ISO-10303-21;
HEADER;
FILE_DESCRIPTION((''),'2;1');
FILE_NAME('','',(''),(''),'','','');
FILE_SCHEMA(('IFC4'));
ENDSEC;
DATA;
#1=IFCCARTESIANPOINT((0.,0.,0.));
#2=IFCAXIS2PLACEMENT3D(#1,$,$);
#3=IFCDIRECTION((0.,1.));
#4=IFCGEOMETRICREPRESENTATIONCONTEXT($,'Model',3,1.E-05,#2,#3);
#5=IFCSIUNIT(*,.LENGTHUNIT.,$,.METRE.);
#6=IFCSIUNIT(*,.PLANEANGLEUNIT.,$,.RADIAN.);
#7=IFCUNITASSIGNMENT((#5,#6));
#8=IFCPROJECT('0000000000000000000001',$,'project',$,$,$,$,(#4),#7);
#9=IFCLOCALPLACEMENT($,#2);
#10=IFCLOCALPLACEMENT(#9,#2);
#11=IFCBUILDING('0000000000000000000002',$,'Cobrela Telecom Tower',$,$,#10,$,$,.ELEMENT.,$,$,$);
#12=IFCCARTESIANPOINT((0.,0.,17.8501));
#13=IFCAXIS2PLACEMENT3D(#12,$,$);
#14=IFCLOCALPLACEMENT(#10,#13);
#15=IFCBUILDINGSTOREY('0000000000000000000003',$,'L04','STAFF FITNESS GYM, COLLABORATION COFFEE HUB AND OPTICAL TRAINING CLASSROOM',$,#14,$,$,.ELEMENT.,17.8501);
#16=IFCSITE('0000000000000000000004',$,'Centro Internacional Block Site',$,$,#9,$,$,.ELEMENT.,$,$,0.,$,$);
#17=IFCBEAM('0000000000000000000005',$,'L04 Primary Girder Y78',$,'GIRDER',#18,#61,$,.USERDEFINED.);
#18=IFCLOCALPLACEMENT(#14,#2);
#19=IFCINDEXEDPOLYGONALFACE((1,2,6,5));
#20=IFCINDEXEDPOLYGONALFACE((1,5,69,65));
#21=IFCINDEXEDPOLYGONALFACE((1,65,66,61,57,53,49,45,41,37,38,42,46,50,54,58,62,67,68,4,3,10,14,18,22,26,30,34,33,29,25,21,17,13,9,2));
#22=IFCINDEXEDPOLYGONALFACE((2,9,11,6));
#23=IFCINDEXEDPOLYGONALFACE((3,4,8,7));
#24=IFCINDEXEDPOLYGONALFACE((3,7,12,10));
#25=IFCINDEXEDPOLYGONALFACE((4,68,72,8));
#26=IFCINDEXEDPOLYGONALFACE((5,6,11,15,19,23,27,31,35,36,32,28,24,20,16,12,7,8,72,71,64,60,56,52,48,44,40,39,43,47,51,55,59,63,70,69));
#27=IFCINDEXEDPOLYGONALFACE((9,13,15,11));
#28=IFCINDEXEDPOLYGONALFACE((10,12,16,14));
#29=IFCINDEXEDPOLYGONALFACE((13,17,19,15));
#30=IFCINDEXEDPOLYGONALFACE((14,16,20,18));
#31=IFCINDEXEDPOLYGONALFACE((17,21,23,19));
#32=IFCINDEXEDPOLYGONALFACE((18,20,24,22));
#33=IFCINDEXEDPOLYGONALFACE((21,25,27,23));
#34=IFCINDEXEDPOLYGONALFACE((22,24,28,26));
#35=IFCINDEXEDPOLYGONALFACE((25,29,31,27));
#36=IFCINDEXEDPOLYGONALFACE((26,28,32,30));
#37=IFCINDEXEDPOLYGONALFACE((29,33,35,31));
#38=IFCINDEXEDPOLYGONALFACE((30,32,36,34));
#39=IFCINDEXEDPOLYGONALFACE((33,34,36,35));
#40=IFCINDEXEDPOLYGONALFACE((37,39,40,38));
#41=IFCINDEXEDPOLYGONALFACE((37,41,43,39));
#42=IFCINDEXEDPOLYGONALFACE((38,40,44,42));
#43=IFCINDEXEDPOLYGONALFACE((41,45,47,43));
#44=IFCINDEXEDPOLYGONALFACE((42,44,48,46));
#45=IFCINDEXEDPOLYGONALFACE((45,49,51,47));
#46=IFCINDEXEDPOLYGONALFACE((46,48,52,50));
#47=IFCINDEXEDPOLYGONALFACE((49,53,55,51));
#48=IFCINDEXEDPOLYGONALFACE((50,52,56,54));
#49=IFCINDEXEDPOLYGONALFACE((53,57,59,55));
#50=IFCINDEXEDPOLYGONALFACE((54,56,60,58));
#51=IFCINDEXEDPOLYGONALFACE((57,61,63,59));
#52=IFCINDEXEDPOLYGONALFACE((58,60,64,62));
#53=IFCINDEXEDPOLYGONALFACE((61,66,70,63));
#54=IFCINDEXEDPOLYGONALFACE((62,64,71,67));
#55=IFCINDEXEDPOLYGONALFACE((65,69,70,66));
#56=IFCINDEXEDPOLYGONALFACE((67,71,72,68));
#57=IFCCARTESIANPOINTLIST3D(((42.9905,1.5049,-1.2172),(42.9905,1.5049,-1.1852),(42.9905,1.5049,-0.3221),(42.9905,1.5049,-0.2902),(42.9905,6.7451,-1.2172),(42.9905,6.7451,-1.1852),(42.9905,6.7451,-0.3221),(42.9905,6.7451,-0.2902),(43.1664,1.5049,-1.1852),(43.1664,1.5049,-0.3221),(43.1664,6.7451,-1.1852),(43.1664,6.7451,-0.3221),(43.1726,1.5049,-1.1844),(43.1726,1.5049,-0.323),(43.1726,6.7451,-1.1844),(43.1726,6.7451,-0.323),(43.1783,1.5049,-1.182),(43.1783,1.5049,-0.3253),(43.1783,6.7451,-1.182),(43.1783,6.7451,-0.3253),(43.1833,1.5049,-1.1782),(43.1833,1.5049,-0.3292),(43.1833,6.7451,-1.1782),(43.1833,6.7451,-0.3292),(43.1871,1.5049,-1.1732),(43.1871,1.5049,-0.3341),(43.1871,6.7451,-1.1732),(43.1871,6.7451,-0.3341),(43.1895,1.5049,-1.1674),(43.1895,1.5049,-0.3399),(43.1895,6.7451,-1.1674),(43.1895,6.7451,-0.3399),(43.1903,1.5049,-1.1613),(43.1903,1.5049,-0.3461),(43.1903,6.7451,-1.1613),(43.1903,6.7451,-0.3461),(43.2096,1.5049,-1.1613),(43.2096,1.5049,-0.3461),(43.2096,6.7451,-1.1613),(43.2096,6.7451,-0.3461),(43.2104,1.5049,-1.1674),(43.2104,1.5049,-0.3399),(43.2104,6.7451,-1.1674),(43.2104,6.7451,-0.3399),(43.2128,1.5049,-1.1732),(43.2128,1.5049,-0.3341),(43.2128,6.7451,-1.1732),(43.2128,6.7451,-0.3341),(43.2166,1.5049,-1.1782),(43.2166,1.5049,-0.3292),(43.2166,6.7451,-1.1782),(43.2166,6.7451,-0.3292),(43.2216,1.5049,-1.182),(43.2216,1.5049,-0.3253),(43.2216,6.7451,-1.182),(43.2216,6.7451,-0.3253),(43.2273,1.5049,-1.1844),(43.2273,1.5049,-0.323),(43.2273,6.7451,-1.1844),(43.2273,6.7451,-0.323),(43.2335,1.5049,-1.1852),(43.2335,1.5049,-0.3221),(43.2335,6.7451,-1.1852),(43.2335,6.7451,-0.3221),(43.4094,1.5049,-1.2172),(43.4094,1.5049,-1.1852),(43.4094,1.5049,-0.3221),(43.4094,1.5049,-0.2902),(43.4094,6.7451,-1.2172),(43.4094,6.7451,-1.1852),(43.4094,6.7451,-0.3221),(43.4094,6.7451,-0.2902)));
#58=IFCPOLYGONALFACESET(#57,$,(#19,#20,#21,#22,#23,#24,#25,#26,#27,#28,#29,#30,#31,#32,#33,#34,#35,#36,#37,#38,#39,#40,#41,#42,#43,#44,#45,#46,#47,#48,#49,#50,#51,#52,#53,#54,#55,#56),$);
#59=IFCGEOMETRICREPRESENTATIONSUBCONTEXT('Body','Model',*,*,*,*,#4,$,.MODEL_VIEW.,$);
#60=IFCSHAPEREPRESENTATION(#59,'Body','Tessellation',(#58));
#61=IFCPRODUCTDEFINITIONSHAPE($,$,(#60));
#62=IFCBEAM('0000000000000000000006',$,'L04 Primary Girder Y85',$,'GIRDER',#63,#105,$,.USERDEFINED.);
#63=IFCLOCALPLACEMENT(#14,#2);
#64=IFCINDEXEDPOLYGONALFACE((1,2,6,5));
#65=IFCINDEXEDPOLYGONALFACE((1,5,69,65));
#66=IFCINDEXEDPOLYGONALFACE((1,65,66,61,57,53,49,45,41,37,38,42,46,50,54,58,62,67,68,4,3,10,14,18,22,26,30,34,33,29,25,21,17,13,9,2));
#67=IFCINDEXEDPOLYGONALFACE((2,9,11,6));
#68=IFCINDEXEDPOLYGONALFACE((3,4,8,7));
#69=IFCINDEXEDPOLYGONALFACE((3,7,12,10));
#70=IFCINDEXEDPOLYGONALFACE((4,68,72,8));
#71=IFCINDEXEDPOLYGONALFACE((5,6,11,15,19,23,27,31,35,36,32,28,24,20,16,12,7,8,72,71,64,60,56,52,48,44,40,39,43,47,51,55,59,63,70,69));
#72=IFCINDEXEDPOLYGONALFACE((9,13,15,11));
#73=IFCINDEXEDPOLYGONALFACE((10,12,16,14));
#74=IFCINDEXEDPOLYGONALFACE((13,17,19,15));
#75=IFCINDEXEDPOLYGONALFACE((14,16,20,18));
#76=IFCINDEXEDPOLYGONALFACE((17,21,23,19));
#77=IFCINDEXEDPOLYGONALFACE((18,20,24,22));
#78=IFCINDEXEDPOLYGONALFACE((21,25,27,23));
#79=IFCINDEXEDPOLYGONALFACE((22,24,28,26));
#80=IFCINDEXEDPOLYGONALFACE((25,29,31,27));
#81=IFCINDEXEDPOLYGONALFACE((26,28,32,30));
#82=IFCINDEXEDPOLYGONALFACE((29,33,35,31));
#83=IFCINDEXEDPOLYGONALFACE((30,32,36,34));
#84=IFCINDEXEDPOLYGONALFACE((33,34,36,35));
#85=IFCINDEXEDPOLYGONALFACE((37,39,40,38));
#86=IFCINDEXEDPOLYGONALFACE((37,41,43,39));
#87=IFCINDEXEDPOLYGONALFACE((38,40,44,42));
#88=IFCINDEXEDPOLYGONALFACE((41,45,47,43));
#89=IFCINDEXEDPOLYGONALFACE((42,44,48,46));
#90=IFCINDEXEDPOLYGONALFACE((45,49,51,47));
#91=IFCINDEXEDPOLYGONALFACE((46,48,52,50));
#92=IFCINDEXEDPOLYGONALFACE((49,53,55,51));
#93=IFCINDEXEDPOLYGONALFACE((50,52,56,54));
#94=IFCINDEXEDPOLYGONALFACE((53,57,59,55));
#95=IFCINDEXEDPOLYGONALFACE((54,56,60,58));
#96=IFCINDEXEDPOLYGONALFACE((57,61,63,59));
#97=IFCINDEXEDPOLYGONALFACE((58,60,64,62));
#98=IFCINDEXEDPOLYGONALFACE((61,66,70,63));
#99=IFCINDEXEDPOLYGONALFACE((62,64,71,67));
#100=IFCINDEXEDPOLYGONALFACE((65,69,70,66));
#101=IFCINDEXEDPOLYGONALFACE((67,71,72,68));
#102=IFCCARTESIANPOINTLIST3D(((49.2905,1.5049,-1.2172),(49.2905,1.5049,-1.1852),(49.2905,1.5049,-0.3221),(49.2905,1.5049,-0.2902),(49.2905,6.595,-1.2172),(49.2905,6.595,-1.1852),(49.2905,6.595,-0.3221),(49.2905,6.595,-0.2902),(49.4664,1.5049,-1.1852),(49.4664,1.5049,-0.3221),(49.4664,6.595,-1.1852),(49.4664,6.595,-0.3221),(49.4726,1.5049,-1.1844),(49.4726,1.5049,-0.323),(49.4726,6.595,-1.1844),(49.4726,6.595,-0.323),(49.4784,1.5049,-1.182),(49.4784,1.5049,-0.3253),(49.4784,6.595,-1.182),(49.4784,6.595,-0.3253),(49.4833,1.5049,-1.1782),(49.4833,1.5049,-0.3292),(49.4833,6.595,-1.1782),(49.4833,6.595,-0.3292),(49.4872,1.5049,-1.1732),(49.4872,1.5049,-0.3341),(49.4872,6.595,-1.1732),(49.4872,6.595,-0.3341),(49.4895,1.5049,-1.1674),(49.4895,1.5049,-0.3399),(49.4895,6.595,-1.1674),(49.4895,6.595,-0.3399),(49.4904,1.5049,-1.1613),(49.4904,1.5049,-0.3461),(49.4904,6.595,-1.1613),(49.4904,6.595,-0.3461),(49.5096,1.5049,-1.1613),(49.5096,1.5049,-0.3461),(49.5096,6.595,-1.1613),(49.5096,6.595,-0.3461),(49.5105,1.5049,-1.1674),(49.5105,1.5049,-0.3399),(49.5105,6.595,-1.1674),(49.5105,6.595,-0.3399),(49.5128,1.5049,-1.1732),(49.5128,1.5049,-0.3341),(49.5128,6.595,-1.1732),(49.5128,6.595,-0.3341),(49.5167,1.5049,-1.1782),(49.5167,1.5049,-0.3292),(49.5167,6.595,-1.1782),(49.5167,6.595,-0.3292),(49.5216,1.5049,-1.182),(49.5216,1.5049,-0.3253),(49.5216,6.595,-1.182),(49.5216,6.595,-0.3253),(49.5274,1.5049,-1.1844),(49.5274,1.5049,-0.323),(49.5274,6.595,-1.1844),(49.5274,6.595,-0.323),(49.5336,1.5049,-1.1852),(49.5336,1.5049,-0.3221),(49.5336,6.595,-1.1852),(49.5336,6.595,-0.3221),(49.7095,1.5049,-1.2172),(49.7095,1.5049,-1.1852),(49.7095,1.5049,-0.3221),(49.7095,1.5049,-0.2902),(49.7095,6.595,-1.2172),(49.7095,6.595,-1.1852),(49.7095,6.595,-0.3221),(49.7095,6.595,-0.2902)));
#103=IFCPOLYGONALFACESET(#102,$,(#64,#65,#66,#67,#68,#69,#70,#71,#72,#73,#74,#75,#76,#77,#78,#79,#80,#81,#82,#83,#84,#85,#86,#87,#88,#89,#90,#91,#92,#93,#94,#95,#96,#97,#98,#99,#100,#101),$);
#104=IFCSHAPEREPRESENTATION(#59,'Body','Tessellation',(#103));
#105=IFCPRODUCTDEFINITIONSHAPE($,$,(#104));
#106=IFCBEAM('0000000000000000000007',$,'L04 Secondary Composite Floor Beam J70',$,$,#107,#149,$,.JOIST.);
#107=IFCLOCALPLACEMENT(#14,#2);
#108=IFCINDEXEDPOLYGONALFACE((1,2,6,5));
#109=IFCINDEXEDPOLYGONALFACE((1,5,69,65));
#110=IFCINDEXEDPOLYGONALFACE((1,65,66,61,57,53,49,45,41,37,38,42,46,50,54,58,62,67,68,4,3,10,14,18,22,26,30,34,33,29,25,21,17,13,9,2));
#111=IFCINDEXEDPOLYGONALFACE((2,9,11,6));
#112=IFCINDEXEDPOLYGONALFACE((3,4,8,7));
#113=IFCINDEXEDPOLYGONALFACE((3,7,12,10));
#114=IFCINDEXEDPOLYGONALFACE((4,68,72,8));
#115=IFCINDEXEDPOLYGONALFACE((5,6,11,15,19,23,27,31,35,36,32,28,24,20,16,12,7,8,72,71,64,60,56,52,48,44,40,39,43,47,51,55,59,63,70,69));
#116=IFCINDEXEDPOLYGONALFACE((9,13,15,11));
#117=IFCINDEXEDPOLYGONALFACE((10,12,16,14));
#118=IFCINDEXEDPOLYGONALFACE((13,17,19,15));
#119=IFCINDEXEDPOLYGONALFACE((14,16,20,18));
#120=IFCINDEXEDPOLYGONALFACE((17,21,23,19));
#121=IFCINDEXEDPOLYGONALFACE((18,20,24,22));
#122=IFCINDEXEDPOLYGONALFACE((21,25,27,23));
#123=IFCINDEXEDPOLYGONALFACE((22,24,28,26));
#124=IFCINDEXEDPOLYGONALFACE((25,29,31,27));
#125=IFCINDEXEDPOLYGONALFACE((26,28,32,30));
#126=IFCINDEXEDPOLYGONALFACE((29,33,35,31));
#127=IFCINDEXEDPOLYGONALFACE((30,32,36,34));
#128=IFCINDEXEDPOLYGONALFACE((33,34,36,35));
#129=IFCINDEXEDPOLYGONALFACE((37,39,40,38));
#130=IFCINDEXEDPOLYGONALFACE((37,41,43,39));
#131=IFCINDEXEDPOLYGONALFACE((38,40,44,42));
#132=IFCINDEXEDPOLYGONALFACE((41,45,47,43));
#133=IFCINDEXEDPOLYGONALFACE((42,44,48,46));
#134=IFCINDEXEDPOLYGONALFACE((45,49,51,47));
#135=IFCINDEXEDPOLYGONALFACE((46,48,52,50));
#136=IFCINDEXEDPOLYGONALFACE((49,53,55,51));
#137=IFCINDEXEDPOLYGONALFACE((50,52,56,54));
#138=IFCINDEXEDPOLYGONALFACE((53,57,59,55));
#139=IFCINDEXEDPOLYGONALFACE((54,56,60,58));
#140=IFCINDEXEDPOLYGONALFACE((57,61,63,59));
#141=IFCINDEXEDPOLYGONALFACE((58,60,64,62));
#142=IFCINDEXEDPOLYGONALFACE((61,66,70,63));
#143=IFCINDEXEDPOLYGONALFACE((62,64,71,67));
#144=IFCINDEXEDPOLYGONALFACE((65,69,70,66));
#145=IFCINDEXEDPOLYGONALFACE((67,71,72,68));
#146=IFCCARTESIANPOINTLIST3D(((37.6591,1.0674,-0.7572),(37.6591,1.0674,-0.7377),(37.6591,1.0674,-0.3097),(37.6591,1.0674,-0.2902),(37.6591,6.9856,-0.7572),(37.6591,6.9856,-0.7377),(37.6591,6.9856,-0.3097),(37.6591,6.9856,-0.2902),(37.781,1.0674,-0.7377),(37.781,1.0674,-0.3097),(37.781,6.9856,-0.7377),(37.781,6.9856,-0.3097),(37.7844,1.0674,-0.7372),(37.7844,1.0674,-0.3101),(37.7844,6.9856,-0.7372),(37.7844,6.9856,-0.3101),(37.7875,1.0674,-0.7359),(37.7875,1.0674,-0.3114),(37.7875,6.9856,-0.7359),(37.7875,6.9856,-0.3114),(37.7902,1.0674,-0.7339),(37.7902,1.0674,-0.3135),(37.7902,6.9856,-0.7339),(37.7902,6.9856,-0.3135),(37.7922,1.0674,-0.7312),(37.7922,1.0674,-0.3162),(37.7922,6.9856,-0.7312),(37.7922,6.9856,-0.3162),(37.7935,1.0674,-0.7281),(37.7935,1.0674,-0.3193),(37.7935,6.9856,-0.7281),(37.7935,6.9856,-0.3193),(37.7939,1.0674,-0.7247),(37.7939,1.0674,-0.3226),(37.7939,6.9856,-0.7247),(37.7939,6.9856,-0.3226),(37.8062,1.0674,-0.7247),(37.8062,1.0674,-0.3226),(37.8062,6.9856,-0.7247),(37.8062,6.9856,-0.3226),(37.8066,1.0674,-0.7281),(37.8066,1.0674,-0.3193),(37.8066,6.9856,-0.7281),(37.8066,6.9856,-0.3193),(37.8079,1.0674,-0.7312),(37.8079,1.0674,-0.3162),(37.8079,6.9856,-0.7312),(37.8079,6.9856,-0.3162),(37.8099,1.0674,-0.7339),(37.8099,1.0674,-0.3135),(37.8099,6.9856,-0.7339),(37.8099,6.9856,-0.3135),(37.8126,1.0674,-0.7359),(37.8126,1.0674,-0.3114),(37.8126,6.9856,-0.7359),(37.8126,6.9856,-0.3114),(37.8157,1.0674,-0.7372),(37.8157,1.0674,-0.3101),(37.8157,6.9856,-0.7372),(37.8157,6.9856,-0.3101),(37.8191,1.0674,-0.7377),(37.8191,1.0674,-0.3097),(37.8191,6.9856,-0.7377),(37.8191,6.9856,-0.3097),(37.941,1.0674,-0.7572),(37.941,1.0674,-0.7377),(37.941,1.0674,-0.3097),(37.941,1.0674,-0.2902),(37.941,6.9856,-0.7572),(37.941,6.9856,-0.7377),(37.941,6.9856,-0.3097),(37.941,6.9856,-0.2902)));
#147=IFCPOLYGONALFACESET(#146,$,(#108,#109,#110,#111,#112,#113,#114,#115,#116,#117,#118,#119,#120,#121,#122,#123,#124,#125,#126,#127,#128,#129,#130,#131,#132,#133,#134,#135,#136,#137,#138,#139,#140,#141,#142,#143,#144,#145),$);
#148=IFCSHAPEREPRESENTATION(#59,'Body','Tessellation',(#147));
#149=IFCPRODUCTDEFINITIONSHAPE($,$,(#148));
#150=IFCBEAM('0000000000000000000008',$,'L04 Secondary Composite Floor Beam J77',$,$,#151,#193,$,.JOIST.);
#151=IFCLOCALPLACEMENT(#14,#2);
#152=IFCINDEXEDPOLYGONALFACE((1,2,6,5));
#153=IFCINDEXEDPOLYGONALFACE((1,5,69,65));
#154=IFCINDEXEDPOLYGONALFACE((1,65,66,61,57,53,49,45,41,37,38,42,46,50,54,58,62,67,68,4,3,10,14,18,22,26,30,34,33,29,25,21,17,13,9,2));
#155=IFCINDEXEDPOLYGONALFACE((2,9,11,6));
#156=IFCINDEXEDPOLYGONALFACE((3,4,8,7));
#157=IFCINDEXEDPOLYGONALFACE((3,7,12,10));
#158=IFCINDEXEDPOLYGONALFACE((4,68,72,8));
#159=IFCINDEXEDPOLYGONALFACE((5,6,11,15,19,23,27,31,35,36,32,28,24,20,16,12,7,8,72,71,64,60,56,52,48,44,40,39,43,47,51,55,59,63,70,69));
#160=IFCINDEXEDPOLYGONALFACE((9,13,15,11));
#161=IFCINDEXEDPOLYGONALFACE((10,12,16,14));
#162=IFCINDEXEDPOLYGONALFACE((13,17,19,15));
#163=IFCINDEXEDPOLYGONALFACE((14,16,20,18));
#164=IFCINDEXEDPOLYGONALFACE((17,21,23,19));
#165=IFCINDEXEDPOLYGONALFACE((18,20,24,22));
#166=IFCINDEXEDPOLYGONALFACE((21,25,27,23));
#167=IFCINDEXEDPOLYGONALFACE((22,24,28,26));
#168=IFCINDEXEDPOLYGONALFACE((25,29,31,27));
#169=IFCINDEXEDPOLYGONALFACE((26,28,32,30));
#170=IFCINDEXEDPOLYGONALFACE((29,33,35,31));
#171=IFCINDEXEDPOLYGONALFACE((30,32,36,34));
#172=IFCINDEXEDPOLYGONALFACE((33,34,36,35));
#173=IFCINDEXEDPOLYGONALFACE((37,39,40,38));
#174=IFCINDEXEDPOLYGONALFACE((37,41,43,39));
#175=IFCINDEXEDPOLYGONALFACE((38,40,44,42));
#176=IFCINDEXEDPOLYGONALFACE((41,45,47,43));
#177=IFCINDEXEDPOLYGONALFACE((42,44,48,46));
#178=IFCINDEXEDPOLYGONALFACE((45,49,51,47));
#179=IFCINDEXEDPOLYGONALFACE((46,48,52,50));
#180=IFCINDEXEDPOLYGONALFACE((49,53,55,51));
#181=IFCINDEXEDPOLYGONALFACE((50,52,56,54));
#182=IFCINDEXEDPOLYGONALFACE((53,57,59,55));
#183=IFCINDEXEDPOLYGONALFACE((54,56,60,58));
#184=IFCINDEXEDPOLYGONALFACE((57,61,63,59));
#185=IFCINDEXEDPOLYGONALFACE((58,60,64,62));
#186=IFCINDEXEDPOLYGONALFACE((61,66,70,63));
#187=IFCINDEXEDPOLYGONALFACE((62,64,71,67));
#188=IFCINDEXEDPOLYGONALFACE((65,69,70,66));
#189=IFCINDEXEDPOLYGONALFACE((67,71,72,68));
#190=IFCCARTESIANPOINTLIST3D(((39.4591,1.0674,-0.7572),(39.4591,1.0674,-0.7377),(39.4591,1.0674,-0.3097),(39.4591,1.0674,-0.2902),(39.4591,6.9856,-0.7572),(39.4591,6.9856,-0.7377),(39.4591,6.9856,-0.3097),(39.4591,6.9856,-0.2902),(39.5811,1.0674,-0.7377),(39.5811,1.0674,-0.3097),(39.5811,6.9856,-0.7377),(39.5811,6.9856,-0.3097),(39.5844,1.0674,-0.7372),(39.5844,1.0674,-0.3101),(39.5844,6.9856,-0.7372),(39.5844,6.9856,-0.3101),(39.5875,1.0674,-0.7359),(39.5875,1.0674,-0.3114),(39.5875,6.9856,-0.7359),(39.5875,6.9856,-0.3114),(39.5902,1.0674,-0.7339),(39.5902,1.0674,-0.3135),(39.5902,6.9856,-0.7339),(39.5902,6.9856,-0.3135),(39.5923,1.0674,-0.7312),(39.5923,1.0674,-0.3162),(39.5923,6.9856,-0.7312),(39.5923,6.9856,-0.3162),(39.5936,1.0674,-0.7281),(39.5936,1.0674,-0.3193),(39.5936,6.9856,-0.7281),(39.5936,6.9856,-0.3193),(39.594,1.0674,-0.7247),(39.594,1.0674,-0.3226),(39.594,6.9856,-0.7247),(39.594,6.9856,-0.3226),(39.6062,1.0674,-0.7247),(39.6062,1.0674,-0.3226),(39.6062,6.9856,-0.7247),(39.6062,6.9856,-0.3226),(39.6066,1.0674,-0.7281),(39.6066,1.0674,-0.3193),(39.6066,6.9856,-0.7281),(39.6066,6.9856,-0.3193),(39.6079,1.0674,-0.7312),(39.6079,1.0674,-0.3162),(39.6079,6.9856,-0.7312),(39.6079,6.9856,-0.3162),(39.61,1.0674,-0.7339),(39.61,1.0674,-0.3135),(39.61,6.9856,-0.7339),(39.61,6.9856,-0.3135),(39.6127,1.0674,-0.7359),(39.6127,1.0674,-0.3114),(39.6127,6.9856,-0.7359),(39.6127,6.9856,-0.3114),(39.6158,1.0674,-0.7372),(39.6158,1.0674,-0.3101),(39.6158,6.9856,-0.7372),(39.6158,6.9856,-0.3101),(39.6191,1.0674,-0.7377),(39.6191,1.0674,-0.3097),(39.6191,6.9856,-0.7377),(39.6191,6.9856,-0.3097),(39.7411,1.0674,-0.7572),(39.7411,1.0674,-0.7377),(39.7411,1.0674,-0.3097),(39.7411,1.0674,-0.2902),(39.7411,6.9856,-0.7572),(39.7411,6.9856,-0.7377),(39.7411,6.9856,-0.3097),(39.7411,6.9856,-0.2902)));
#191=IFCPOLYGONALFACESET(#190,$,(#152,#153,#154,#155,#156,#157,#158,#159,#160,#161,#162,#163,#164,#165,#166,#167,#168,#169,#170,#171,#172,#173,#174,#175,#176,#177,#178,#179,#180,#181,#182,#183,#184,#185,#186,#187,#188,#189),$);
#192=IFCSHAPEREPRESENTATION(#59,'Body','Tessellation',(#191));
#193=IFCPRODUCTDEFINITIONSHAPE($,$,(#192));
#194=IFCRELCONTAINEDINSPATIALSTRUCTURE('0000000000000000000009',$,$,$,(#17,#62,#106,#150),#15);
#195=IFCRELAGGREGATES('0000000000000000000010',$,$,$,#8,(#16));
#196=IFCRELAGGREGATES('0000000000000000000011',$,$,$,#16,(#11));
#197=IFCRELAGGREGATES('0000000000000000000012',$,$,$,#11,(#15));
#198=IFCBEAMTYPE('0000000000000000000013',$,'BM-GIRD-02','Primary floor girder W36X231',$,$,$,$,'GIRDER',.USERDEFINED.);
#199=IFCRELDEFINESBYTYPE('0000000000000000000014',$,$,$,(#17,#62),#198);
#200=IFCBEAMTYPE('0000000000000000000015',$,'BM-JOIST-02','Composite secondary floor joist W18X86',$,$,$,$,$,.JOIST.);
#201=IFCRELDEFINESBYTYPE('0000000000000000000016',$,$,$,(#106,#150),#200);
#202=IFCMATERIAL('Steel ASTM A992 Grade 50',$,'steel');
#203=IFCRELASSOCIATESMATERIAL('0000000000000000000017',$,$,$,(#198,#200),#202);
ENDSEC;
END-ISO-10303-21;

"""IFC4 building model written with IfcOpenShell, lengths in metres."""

from ifc_helpers import new_model, si_unit, direction, frame, origin, origin_2d, place, context, subcontext, project, spatial, i_section, extrude, material, material_profile, profile_set, type_object, element, save


model = new_model("IFC4")

# Units and contexts
model_context = context("Model", 3, precision=1e-05, world=origin(), true_north=direction((0.0, 1.0)))
body_context = subcontext(model_context, "Body", "Model", "MODEL_VIEW")
ifc_project = project(units=[si_unit("LENGTHUNIT", "METRE"), si_unit("PLANEANGLEUNIT", "RADIAN")], contexts=[model_context])

# Site, building, storey
site_placement = place(None, origin())
site = spatial("IfcSite", under=ifc_project, at=site_placement, Name="Centro Internacional Block Site", CompositionType="ELEMENT", RefElevation=0.0)
building_placement = place(site_placement, origin())
building = spatial("IfcBuilding", under=site, at=building_placement, Name="Cobrela Telecom Tower", CompositionType="ELEMENT")
storey_placement = place(building_placement, frame((0.0, 0.0, 17.8501)))
storey = spatial("IfcBuildingStorey", under=building, at=storey_placement, Name="L04", Description="STAFF FITNESS GYM, COLLABORATION COFFEE HUB AND OPTICAL TRAINING CLASSROOM", CompositionType="ELEMENT", Elevation=17.8501)

# Beams
ifc_material_1 = material(Name="Steel ASTM A992 Grade 50", Category="steel")
ifc_material_profile_1 = material_profile(ifc_material_1, i_section(OverallWidth=0.4189, OverallDepth=0.927, WebThickness=0.0193, FlangeThickness=0.032, FilletRadius=0.0239, at=origin_2d()), Name="W36X231")
ifc_profile_set_1 = profile_set([ifc_material_profile_1], Name="Steel ASTM A992 Grade 50")
beam_type_1 = type_object("IfcBeamType", Name="BM-GIRD-02", Description="Primary floor girder W36X231", ElementType="GIRDER", PredefinedType="USERDEFINED", material=ifc_profile_set_1)
for number, where, z_axis, x_axis, name in (
    (1, (43.2, 1.5049, -0.7537), (0.0, 1.0, 0.0), (-1.0, 0.0, 0.0), "L04 Primary Girder Y78"),
):
    element("IfcBeam", number, at=place(storey_placement, frame(where, z_axis=z_axis, x_axis=x_axis)), inside=storey, type_object=beam_type_1, Name=name, ObjectType="GIRDER", PredefinedType="USERDEFINED", context=body_context, shape_type="SweptSolid", body=[
        extrude(i_section(OverallWidth=0.4189, OverallDepth=0.927, WebThickness=0.0193, FlangeThickness=0.032, FilletRadius=0.0239, at=origin_2d()), origin(), (0.0, 0.0, 1.0), 5.2402),
    ])
beam_1_placement = place(storey_placement, frame((49.5, 1.5049, -0.7537), z_axis=(0.0, 1.0, 0.0), x_axis=(-1.0, 0.0, 0.0)))
element("IfcBeam", 2, at=beam_1_placement, inside=storey, type_object=beam_type_1, Name="L04 Primary Girder Y85", ObjectType="GIRDER", PredefinedType="USERDEFINED", context=body_context, shape_type="SweptSolid", body=[
    extrude(i_section(OverallWidth=0.4189, OverallDepth=0.927, WebThickness=0.0193, FlangeThickness=0.032, FilletRadius=0.0239, at=origin_2d()), origin(), (0.0, 0.0, 1.0), 5.0901),
])
ifc_material_profile_2 = material_profile(ifc_material_1, i_section(OverallWidth=0.282, OverallDepth=0.467, WebThickness=0.0122, FlangeThickness=0.0195, FilletRadius=0.0129, at=origin_2d()), Name="W18X86")
ifc_profile_set_2 = profile_set([ifc_material_profile_2], Name="Steel ASTM A992 Grade 50")
beam_type_2 = type_object("IfcBeamType", Name="BM-JOIST-02", Description="Composite secondary floor joist W18X86", PredefinedType="JOIST", material=ifc_profile_set_2)
for number, where, z_axis, x_axis, name in (
    (3, (37.8, 1.0674, -0.5237), (0.0, 1.0, 0.0), (-1.0, 0.0, 0.0), "L04 Secondary Composite Floor Beam J70"),
    (4, (39.6001, 1.0674, -0.5237), (0.0, 1.0, 0.0), (-1.0, 0.0, 0.0), "L04 Secondary Composite Floor Beam J77"),
):
    element("IfcBeam", number, at=place(storey_placement, frame(where, z_axis=z_axis, x_axis=x_axis)), inside=storey, type_object=beam_type_2, Name=name, PredefinedType="JOIST", context=body_context, shape_type="SweptSolid", body=[
        extrude(i_section(OverallWidth=0.282, OverallDepth=0.467, WebThickness=0.0122, FlangeThickness=0.0195, FilletRadius=0.0129, at=origin_2d()), origin(), (0.0, 0.0, 1.0), 5.9182),
    ])

save(model, "model.ifc")
